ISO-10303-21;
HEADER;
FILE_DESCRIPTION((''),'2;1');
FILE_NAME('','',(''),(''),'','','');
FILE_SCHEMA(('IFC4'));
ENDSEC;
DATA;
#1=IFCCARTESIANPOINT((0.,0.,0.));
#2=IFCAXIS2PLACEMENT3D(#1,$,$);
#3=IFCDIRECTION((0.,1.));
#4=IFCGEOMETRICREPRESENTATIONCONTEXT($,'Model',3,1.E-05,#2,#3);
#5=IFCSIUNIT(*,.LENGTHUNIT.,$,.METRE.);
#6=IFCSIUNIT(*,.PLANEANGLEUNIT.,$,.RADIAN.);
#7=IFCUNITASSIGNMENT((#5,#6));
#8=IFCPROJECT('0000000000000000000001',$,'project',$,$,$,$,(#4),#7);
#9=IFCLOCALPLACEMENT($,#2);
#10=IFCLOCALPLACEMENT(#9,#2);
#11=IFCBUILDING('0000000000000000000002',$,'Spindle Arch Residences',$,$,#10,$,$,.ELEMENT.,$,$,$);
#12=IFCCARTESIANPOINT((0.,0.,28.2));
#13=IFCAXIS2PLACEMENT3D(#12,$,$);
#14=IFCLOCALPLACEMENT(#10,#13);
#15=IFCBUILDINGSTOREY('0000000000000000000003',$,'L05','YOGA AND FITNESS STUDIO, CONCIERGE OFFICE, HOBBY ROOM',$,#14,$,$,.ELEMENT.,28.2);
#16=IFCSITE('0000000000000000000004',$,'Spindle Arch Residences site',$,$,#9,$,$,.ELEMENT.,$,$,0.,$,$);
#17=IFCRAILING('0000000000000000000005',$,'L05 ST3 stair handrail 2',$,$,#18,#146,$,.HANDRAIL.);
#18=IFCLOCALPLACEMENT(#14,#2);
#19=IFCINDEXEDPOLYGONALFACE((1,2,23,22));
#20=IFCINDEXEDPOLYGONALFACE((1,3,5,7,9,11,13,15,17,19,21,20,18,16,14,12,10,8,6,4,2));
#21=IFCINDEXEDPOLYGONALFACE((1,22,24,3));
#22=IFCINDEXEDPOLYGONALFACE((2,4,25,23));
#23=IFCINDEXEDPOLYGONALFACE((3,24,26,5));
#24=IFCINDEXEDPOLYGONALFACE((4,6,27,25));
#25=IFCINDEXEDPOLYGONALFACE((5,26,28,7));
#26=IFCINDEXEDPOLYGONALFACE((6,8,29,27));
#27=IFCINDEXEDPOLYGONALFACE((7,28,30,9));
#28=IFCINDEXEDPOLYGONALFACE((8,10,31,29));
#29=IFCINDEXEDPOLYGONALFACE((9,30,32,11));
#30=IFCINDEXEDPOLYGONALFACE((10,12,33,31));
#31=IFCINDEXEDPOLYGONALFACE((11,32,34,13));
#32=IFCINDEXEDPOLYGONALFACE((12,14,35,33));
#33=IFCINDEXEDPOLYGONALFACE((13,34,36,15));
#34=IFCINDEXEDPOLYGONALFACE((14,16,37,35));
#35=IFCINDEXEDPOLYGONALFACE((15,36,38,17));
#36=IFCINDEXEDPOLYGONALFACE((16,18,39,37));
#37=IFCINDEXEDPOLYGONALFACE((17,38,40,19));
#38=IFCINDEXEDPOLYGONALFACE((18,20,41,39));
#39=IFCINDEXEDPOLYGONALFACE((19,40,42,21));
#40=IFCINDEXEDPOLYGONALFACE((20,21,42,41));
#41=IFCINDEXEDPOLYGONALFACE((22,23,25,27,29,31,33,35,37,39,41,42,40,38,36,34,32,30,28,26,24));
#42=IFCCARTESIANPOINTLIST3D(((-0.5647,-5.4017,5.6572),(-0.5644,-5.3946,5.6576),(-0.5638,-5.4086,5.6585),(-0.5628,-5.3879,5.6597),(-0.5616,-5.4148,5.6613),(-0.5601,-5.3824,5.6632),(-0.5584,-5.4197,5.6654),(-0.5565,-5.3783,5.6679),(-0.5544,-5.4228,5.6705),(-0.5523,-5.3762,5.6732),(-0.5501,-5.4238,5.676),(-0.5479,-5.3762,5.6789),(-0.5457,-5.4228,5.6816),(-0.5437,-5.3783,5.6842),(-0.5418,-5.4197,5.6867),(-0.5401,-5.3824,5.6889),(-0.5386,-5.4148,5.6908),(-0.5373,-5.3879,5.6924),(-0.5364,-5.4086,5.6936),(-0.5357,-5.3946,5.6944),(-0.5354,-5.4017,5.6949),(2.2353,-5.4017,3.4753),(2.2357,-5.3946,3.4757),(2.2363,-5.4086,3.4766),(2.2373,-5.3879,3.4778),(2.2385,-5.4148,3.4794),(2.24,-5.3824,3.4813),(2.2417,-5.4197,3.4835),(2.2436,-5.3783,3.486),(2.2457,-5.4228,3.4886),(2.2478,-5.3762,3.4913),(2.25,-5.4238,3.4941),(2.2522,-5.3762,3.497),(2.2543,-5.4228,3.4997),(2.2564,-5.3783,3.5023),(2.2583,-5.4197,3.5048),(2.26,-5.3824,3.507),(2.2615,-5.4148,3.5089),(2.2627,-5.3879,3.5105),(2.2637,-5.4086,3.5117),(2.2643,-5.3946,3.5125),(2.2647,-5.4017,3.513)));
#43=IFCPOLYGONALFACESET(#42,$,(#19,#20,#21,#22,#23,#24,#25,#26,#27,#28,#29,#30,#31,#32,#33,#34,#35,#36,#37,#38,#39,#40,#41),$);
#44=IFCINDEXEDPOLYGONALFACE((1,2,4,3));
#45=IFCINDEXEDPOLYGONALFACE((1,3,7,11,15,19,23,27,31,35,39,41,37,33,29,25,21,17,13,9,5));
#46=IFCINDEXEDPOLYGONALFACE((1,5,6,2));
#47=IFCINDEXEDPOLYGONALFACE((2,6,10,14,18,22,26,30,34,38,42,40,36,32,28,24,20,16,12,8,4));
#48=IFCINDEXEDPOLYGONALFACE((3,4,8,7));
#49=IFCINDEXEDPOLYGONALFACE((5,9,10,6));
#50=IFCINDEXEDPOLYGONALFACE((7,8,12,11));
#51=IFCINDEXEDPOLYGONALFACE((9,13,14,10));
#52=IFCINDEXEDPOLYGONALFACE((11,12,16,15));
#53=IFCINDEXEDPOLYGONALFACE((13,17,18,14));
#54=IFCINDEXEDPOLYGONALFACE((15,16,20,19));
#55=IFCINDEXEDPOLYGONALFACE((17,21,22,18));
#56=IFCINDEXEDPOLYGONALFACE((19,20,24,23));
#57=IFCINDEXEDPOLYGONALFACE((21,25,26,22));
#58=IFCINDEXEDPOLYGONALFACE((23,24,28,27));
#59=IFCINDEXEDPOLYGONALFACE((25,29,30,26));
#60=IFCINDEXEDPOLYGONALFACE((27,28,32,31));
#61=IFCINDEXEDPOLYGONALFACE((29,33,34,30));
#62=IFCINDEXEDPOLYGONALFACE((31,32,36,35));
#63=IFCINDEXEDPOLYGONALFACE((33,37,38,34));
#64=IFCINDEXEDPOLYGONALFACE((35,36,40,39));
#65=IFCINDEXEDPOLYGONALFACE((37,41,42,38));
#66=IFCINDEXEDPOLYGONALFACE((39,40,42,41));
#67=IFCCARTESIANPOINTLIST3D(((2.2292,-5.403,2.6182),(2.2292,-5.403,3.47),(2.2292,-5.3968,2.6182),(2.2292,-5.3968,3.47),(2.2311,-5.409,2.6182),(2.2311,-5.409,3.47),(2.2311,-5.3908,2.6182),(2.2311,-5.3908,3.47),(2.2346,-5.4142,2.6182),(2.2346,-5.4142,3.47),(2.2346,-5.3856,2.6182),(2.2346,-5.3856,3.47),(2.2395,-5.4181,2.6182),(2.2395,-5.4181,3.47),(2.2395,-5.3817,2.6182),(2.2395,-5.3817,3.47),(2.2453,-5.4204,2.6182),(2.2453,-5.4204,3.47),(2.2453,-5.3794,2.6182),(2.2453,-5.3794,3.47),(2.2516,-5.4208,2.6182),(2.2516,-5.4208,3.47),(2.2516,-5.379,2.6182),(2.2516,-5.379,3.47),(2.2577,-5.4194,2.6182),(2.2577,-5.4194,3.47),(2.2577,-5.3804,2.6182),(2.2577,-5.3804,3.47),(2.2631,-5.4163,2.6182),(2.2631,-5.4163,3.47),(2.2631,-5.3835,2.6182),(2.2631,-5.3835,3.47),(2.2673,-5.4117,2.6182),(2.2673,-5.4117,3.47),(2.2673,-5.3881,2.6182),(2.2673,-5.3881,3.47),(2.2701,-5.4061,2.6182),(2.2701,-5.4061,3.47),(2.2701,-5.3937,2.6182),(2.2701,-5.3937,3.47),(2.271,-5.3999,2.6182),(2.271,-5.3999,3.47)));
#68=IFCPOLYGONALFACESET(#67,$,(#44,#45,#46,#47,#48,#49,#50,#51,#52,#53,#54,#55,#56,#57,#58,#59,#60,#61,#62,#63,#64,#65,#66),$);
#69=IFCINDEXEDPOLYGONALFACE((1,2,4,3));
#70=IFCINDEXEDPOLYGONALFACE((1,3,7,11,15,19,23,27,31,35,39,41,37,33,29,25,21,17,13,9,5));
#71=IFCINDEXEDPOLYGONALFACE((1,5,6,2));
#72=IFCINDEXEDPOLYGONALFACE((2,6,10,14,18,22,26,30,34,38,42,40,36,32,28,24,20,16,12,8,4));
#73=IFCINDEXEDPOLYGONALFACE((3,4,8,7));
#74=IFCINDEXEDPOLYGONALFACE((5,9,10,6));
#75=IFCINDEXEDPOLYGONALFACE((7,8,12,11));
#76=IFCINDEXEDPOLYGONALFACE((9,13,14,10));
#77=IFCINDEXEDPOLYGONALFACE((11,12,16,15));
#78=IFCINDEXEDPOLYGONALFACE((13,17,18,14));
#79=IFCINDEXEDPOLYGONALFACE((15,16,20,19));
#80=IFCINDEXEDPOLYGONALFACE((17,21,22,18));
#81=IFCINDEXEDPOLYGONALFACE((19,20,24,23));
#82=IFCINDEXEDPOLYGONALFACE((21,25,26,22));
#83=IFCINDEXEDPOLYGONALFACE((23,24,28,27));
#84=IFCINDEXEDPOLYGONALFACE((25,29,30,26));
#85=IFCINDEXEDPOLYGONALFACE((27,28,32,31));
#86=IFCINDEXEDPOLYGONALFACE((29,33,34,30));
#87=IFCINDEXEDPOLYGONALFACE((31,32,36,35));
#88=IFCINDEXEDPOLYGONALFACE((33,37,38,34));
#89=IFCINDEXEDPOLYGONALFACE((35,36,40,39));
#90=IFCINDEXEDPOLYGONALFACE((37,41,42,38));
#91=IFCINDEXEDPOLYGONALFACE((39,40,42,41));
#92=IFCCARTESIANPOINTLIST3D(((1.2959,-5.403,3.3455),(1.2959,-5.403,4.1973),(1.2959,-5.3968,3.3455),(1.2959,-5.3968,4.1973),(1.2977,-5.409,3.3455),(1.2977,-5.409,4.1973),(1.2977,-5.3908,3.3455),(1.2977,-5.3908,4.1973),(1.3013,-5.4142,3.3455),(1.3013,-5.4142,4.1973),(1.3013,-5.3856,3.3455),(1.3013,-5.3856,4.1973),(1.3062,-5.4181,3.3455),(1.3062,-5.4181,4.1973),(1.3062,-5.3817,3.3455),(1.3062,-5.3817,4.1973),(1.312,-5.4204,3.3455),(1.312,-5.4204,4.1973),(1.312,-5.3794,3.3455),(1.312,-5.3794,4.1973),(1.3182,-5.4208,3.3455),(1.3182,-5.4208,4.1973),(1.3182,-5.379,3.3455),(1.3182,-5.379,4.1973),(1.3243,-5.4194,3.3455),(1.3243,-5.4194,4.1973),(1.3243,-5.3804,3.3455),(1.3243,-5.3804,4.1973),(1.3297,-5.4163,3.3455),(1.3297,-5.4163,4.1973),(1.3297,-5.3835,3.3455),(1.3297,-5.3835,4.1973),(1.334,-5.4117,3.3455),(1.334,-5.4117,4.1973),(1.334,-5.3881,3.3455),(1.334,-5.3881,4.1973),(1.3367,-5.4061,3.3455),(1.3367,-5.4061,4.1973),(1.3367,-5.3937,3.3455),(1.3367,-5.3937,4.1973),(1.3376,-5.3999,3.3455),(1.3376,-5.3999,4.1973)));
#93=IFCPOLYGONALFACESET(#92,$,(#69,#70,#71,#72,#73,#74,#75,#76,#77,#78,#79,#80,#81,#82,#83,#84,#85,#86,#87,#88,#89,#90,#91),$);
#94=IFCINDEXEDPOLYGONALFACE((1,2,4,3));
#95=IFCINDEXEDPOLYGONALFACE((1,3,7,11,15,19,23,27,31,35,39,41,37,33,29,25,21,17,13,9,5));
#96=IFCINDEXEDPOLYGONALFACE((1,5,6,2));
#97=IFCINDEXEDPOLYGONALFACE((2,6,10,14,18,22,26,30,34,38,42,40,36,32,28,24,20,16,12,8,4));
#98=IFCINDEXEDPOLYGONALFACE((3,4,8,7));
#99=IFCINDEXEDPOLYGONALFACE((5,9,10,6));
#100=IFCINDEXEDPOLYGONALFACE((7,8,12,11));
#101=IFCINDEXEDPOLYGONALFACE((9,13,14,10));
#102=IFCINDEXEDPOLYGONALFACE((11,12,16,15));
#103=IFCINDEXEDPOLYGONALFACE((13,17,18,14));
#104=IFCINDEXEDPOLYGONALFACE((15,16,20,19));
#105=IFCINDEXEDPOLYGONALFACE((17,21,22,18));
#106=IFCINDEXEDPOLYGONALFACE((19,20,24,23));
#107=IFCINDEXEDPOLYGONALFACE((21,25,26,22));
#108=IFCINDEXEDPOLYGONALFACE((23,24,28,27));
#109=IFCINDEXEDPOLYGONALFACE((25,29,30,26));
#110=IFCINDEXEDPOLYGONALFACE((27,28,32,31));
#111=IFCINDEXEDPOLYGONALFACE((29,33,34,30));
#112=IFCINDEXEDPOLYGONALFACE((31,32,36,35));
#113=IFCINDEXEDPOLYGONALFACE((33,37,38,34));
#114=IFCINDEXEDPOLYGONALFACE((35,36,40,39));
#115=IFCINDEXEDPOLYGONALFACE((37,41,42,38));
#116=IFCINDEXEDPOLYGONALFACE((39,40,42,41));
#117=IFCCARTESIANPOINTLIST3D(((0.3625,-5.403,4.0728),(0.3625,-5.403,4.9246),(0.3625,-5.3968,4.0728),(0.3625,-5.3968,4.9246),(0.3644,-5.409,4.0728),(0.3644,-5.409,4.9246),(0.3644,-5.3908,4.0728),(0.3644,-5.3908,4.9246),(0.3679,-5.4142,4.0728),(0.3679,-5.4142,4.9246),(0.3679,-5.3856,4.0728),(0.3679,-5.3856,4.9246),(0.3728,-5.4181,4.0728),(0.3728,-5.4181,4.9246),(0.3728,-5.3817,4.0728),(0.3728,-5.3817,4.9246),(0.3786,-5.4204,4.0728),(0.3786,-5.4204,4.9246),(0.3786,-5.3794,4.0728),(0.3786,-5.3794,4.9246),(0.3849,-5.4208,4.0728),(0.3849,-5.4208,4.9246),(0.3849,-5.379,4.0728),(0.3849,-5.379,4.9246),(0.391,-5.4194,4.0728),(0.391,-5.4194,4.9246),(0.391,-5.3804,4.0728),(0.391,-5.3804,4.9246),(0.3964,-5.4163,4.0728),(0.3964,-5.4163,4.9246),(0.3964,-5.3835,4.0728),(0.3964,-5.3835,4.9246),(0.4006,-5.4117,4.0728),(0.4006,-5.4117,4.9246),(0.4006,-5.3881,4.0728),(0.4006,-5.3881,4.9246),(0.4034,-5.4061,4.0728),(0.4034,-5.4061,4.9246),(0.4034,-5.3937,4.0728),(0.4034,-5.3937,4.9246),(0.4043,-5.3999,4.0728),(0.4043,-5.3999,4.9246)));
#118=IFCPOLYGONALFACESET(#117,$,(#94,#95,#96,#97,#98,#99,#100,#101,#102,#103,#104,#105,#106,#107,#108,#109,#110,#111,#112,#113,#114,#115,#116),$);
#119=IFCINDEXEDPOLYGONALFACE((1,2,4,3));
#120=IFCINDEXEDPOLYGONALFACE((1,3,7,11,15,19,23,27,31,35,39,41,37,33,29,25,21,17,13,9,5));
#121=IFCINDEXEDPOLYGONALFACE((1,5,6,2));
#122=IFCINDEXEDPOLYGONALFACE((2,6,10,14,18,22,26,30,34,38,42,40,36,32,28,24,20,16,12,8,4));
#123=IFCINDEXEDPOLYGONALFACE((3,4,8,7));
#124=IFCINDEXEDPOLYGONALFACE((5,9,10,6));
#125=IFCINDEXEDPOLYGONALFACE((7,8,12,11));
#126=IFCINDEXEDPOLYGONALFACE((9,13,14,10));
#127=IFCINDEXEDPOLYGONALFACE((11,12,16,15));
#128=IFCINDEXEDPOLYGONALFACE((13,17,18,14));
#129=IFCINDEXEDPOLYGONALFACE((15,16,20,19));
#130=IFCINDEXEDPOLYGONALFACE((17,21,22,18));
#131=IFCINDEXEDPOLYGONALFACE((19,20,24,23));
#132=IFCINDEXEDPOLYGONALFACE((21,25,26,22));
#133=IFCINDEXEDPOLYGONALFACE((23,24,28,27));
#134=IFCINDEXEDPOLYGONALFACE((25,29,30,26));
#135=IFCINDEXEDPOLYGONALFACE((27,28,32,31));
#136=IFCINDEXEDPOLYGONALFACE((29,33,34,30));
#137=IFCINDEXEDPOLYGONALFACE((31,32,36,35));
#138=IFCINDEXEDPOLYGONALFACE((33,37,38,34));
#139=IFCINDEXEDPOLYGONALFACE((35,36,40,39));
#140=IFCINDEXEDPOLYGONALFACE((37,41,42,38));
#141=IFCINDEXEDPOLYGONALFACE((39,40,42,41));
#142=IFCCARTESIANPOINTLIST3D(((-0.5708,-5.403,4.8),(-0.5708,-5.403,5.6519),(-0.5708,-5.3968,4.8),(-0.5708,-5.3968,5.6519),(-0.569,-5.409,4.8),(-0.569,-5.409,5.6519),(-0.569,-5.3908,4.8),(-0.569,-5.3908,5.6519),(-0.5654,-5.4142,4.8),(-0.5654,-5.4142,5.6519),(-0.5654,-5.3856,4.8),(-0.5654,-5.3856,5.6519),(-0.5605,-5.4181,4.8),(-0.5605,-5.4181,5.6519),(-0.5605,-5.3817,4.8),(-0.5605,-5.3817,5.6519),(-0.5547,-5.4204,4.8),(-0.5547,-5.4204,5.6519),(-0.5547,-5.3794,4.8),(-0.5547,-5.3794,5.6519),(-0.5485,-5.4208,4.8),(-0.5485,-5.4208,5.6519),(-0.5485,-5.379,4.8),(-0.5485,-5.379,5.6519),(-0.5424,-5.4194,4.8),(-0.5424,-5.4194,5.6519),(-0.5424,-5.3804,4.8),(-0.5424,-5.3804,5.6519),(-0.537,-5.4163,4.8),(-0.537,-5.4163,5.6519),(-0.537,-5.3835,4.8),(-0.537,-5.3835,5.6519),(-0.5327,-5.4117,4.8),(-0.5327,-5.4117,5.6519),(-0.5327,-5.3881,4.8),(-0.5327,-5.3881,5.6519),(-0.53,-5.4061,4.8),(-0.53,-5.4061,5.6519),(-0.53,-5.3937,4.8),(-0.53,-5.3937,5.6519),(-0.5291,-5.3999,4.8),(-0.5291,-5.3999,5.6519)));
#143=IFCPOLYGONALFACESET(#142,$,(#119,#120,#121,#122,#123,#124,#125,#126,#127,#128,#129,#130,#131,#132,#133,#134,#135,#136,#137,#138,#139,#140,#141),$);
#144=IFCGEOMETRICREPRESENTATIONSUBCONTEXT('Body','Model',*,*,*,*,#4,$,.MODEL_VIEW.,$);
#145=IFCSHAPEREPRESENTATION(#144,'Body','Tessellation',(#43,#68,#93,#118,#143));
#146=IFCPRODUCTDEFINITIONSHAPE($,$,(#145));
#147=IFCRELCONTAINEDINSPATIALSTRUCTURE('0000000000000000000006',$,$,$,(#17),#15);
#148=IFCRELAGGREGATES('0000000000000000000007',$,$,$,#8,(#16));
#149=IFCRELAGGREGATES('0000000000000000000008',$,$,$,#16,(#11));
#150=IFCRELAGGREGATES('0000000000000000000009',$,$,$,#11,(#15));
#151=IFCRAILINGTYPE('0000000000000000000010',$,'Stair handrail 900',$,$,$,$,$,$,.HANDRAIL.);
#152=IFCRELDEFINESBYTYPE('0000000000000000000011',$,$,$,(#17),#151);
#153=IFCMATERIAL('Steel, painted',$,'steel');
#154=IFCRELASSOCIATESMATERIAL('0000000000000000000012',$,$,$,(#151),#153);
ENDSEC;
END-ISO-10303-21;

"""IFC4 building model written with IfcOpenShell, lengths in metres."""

from ifc_helpers import new_model, si_unit, direction, frame, origin, origin_2d, place, context, subcontext, project, spatial, circle, extrude, material, type_object, element, save


model = new_model("IFC4")

# Units and contexts
model_context = context("Model", 3, precision=1e-05, world=origin(), true_north=direction((0.0, 1.0)))
body_context = subcontext(model_context, "Body", "Model", "MODEL_VIEW")
ifc_project = project(units=[si_unit("LENGTHUNIT", "METRE"), si_unit("PLANEANGLEUNIT", "RADIAN")], contexts=[model_context])

# Site, building, storey
site_placement = place(None, origin())
site = spatial("IfcSite", under=ifc_project, at=site_placement, Name="Spindle Arch Residences site", CompositionType="ELEMENT", RefElevation=0.0)
building_placement = place(site_placement, origin())
building = spatial("IfcBuilding", under=site, at=building_placement, Name="Spindle Arch Residences", CompositionType="ELEMENT")
storey_placement = place(building_placement, frame((0.0, 0.0, 28.2)))
storey = spatial("IfcBuildingStorey", under=building, at=storey_placement, Name="L05", Description="YOGA AND FITNESS STUDIO, CONCIERGE OFFICE, HOBBY ROOM", CompositionType="ELEMENT", Elevation=28.2)

# Railing
ifc_material_1 = material(Name="Steel, painted", Category="steel")
railing_type = type_object("IfcRailingType", Name="Stair handrail 900", PredefinedType="HANDRAIL", material=ifc_material_1)
railing_placement = place(storey_placement, frame((2.25, -5.3999, 2.6182)))
element("IfcRailing", 1, at=railing_placement, inside=storey, type_object=railing_type, Name="L05 ST3 stair handrail 2", PredefinedType="HANDRAIL", context=body_context, shape_type="SweptSolid", body=[
    extrude(circle(Radius=0.0239, at=origin_2d()), frame((0.0, 0.0, 0.876), z_axis=(-0.788796, 0.0, 0.614655), x_axis=(0.0, -1.0, 0.0)), (0.0, 0.0, 1.0), 3.5498),
    extrude(circle(Radius=0.021, at=origin_2d()), origin(), (0.0, 0.0, 1.0), 0.8518),
    extrude(circle(Radius=0.021, at=origin_2d()), frame((-0.9333, 0.0, 0.7273)), (0.0, 0.0, 1.0), 0.8518),
    extrude(circle(Radius=0.021, at=origin_2d()), frame((-1.8667, 0.0, 1.4546)), (0.0, 0.0, 1.0), 0.8518),
    extrude(circle(Radius=0.021, at=origin_2d()), frame((-2.8, 0.0, 2.1819)), (0.0, 0.0, 1.0), 0.8518),
])

save(model, "model.ifc")
